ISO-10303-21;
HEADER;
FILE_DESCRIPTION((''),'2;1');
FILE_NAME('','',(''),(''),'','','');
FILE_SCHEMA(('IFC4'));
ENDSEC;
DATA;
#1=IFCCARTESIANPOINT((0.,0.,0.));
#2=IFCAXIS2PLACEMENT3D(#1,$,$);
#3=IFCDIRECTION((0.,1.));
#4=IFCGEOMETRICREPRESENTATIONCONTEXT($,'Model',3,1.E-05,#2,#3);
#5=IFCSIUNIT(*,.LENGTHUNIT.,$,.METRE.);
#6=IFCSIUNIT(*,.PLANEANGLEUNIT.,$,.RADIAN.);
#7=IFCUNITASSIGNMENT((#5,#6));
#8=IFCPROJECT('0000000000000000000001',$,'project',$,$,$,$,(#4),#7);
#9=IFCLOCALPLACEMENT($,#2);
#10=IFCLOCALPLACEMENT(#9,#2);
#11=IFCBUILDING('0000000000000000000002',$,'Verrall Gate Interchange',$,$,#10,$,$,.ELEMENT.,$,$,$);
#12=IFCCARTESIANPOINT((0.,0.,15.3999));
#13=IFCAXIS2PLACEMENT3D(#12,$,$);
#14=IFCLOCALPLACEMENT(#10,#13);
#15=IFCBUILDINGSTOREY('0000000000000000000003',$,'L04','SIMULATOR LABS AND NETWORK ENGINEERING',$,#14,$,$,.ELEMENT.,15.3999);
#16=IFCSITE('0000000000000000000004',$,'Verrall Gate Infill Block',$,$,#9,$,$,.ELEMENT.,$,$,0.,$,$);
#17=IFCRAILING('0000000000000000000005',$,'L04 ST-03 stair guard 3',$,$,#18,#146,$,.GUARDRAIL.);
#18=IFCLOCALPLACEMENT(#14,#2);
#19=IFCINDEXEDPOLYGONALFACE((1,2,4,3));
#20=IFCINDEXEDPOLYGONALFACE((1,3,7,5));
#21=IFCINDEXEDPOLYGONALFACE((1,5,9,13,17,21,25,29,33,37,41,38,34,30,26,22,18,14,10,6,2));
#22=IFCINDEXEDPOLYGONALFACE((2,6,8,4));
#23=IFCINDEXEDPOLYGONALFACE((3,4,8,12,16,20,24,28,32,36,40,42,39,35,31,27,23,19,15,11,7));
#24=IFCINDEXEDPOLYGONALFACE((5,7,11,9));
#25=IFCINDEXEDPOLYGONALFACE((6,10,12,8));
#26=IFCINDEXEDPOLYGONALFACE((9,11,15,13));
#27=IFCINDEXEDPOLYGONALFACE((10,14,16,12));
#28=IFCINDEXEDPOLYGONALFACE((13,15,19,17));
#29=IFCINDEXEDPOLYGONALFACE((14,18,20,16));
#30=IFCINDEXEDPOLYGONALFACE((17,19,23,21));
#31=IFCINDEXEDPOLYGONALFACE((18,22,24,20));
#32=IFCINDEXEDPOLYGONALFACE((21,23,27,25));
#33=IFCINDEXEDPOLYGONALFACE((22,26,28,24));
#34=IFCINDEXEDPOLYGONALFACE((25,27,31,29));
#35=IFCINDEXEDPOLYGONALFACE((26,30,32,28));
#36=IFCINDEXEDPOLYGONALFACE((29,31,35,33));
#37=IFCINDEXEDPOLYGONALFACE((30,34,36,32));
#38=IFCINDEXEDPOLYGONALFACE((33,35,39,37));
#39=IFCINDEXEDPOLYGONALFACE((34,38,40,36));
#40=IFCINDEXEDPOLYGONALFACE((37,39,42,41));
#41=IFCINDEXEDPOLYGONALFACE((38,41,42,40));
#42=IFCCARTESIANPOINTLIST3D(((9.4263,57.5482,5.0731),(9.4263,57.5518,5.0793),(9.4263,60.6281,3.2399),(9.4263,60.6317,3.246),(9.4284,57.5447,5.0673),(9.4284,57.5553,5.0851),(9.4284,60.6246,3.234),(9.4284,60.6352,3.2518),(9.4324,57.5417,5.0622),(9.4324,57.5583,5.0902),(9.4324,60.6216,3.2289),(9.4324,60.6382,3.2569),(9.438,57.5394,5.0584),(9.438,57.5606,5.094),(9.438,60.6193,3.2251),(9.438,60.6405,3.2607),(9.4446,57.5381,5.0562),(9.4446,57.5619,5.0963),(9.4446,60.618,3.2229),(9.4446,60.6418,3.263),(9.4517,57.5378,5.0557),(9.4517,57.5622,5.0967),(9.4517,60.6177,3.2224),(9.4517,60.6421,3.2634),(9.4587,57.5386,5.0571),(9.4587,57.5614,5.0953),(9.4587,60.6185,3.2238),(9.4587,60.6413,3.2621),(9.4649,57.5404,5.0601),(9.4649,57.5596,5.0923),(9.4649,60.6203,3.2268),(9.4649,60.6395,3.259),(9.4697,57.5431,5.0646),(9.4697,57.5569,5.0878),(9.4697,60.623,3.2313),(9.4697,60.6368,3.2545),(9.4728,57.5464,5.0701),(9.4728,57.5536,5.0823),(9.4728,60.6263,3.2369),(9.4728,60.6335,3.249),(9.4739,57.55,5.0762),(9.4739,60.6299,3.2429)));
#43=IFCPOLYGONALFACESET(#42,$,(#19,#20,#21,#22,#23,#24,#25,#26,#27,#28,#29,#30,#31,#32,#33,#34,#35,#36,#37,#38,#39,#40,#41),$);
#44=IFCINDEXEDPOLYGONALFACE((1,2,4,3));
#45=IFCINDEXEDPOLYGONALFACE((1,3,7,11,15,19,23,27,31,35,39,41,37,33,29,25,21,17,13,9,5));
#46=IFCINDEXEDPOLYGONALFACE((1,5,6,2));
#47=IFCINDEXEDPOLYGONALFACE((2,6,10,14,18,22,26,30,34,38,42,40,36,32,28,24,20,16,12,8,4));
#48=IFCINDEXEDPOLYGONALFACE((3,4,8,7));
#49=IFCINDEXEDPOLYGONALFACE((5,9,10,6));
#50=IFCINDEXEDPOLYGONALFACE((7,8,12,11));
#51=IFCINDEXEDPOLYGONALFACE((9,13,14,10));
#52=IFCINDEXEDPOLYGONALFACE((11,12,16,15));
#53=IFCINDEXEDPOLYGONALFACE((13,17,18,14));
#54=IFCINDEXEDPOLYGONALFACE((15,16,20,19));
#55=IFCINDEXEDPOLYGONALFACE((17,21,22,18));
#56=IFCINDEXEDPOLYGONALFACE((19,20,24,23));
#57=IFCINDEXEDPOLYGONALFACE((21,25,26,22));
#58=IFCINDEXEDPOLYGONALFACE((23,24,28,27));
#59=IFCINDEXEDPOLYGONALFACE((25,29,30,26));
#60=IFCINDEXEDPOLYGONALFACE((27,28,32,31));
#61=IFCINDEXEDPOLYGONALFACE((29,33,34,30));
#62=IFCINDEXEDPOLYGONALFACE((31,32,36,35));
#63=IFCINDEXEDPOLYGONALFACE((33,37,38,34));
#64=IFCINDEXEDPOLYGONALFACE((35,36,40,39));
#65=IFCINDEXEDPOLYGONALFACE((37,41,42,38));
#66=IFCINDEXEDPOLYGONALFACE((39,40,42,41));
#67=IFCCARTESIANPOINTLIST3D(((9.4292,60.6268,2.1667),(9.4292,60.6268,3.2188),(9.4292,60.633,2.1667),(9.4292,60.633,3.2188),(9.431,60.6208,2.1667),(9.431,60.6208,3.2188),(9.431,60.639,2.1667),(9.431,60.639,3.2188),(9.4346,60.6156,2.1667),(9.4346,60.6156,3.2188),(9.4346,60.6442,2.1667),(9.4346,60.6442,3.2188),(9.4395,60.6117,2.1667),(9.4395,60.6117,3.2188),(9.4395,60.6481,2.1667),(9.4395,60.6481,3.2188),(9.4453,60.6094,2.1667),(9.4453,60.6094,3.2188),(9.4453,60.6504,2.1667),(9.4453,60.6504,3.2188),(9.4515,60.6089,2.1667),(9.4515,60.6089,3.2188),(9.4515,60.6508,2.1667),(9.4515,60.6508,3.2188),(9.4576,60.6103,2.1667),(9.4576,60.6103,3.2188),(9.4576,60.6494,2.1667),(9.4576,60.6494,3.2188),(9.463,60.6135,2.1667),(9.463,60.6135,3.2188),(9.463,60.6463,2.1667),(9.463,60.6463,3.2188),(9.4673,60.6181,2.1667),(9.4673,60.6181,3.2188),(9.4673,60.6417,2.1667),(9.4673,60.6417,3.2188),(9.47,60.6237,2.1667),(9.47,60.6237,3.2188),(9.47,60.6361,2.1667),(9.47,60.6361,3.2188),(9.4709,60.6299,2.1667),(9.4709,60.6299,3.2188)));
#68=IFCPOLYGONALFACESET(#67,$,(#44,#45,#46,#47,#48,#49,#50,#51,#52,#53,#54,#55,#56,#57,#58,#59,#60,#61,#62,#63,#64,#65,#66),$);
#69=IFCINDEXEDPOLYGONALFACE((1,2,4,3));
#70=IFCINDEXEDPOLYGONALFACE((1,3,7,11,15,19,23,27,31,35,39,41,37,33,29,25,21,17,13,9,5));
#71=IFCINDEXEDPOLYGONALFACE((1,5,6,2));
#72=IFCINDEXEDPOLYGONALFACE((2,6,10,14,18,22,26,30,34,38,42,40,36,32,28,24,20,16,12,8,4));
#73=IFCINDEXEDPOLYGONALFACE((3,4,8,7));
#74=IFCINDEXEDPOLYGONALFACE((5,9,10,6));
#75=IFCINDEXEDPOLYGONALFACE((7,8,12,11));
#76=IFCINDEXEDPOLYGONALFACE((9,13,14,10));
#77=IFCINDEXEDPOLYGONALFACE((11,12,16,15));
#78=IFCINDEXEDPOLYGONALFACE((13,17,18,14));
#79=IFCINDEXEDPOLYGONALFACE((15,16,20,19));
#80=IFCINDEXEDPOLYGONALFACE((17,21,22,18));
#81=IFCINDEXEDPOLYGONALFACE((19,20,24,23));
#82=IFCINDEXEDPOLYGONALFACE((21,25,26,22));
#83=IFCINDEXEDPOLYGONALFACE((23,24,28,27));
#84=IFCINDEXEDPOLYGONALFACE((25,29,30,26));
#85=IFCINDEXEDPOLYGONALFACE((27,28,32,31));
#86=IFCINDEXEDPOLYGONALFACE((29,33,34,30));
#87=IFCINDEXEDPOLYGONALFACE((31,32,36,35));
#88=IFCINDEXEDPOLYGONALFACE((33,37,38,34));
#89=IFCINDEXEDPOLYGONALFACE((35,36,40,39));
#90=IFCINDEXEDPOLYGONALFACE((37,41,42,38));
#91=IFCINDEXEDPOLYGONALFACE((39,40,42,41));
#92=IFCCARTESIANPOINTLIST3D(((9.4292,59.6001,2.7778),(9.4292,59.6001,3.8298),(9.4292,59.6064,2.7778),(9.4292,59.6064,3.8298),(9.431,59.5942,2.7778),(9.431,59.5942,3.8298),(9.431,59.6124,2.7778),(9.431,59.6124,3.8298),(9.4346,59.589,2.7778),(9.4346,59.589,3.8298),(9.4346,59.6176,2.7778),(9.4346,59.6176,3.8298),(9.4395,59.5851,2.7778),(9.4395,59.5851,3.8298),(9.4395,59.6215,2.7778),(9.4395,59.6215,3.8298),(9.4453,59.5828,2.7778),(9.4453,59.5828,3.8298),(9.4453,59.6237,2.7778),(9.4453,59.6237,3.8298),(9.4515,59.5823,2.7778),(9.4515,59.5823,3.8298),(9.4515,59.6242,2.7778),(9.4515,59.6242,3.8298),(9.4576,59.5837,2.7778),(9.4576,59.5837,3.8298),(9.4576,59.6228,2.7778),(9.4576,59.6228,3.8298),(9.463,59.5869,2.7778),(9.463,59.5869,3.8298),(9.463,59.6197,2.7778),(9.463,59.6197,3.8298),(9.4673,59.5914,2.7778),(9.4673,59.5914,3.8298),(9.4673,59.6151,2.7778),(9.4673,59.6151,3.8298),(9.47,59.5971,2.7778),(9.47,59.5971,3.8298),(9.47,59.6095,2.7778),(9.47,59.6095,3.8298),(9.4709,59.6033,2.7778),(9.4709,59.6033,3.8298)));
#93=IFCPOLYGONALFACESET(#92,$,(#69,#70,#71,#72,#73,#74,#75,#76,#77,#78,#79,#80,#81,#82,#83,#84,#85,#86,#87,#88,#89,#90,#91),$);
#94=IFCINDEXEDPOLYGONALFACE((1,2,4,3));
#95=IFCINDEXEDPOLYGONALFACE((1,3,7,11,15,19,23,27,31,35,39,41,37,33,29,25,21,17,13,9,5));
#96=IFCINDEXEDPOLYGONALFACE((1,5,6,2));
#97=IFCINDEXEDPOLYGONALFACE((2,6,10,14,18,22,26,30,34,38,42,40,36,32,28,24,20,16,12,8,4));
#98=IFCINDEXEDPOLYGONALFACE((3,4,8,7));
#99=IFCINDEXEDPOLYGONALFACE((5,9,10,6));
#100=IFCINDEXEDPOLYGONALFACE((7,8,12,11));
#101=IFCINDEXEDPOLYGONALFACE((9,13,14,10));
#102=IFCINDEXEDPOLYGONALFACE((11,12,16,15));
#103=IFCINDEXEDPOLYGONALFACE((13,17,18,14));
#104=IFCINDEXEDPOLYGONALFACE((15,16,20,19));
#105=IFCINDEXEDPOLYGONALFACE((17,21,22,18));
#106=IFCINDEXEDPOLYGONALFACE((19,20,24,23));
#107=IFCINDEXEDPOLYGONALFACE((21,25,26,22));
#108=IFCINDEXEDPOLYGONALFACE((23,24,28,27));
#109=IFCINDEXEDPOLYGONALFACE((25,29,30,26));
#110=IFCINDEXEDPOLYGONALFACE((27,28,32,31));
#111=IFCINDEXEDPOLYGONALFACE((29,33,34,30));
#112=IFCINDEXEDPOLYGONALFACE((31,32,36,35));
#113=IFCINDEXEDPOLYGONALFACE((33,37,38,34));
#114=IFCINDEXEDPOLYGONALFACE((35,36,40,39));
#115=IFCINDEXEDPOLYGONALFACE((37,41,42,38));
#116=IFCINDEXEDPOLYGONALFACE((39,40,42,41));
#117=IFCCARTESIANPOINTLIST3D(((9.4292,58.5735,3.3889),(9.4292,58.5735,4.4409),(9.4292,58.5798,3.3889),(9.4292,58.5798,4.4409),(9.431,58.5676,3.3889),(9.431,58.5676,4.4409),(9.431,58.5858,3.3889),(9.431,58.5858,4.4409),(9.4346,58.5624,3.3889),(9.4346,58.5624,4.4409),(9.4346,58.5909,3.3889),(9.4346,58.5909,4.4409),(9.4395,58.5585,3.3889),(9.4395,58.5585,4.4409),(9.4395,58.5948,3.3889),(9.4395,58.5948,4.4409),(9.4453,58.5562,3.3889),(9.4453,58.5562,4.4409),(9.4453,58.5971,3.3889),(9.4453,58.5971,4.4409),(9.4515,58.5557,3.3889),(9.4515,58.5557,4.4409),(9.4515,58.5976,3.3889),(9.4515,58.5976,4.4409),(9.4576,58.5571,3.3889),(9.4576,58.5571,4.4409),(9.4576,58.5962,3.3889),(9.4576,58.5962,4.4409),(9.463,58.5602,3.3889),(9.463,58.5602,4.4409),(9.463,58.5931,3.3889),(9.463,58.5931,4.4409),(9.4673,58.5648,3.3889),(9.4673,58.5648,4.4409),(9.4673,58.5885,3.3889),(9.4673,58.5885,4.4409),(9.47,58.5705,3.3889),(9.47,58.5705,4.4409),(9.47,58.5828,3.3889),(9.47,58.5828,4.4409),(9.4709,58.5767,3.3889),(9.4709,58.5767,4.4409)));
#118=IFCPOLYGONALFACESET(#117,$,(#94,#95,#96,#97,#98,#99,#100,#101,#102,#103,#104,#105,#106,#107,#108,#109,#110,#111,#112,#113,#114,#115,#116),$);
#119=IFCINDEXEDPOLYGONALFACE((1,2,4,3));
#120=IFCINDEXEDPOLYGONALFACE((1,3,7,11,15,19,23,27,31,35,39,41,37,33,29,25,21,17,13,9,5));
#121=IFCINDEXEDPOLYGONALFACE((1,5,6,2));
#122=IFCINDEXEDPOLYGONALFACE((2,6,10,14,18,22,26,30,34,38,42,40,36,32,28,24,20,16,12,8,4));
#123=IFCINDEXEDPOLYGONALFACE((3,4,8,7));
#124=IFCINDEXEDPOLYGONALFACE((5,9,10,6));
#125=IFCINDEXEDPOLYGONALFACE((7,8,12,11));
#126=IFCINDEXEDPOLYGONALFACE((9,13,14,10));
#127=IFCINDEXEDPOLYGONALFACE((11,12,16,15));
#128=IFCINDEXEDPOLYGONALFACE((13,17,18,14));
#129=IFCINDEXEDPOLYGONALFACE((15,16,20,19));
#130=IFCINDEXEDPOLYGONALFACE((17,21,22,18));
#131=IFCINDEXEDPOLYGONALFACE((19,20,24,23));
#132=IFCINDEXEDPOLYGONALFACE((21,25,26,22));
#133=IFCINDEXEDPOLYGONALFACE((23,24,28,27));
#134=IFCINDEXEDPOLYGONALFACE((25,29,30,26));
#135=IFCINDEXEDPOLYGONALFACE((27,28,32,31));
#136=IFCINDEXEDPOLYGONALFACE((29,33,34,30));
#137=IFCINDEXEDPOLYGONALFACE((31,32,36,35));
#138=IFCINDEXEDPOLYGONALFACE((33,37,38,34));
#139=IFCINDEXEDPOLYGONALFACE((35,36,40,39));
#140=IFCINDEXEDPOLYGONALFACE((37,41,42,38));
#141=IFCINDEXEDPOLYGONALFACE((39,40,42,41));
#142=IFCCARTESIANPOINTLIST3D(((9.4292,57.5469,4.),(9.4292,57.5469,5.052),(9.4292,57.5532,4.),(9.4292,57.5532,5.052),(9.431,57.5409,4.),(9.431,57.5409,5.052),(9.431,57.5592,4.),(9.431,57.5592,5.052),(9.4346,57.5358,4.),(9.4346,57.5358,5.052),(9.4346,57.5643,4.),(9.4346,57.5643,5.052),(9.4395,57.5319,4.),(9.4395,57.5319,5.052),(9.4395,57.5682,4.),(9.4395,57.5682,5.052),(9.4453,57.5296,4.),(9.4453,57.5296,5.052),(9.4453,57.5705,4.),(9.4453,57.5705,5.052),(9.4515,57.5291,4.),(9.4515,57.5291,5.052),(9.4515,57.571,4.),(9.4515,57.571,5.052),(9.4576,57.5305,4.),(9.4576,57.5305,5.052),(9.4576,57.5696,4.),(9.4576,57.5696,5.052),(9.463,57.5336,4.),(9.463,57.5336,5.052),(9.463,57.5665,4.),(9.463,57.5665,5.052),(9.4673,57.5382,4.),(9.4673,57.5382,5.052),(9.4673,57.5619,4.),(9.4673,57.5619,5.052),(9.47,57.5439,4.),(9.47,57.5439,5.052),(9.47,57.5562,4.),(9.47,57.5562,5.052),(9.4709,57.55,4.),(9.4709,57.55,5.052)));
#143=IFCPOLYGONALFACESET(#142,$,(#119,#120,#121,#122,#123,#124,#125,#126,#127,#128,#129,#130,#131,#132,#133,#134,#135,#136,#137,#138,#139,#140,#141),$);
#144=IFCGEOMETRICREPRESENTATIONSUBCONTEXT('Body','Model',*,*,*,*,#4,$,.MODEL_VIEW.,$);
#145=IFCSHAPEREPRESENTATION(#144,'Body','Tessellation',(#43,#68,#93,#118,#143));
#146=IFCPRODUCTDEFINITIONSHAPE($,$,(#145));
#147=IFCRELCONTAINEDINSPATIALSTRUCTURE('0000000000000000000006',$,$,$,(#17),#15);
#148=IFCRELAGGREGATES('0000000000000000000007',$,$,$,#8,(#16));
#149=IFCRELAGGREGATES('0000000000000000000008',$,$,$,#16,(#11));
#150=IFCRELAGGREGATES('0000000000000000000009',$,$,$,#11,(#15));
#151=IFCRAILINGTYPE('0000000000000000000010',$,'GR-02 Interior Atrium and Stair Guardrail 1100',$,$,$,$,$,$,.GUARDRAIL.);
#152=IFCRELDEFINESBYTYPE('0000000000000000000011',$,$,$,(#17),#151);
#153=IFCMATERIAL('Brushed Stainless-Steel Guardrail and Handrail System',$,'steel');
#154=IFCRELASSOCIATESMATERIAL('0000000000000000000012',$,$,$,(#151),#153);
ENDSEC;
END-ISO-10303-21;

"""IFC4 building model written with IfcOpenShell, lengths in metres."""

from ifc_helpers import new_model, si_unit, direction, frame, origin, origin_2d, place, context, subcontext, project, spatial, circle, extrude, material, type_object, element, save


model = new_model("IFC4")

# Units and contexts
model_context = context("Model", 3, precision=1e-05, world=origin(), true_north=direction((0.0, 1.0)))
body_context = subcontext(model_context, "Body", "Model", "MODEL_VIEW")
ifc_project = project(units=[si_unit("LENGTHUNIT", "METRE"), si_unit("PLANEANGLEUNIT", "RADIAN")], contexts=[model_context])

# Site, building, storey
site_placement = place(None, origin())
site = spatial("IfcSite", under=ifc_project, at=site_placement, Name="Verrall Gate Infill Block", CompositionType="ELEMENT", RefElevation=0.0)
building_placement = place(site_placement, origin())
building = spatial("IfcBuilding", under=site, at=building_placement, Name="Verrall Gate Interchange", CompositionType="ELEMENT")
storey_placement = place(building_placement, frame((0.0, 0.0, 15.3999)))
storey = spatial("IfcBuildingStorey", under=building, at=storey_placement, Name="L04", Description="SIMULATOR LABS AND NETWORK ENGINEERING", CompositionType="ELEMENT", Elevation=15.3999)

# Railing
ifc_material_1 = material(Name="Brushed Stainless-Steel Guardrail and Handrail System", Category="steel")
railing_type_1 = type_object("IfcRailingType", Name="GR-02 Interior Atrium and Stair Guardrail 1100", PredefinedType="GUARDRAIL", material=ifc_material_1)
railing_1_placement = place(storey_placement, frame((9.45, 60.6299, 2.1667)))
element("IfcRailing", 1, at=railing_1_placement, inside=storey, type_object=railing_type_1, Name="L04 ST-03 stair guard 3", PredefinedType="GUARDRAIL", context=body_context, shape_type="SweptSolid", body=[
    extrude(circle(Radius=0.0239, at=origin_2d()), frame((0.0, 0.0, 1.0762), z_axis=(0.0, -0.859291, 0.511487), x_axis=(1.0, 0.0, 0.0)), (0.0, 0.0, 1.0), 3.5842),
    extrude(circle(Radius=0.021, at=origin_2d()), origin(), (0.0, 0.0, 1.0), 1.052),
    extrude(circle(Radius=0.021, at=origin_2d()), frame((0.0, -1.0266, 0.6111)), (0.0, 0.0, 1.0), 1.052),
    extrude(circle(Radius=0.021, at=origin_2d()), frame((0.0, -2.0532, 1.2222)), (0.0, 0.0, 1.0), 1.052),
    extrude(circle(Radius=0.021, at=origin_2d()), frame((0.0, -3.0798, 1.8333)), (0.0, 0.0, 1.0), 1.052),
])

save(model, "model.ifc")
